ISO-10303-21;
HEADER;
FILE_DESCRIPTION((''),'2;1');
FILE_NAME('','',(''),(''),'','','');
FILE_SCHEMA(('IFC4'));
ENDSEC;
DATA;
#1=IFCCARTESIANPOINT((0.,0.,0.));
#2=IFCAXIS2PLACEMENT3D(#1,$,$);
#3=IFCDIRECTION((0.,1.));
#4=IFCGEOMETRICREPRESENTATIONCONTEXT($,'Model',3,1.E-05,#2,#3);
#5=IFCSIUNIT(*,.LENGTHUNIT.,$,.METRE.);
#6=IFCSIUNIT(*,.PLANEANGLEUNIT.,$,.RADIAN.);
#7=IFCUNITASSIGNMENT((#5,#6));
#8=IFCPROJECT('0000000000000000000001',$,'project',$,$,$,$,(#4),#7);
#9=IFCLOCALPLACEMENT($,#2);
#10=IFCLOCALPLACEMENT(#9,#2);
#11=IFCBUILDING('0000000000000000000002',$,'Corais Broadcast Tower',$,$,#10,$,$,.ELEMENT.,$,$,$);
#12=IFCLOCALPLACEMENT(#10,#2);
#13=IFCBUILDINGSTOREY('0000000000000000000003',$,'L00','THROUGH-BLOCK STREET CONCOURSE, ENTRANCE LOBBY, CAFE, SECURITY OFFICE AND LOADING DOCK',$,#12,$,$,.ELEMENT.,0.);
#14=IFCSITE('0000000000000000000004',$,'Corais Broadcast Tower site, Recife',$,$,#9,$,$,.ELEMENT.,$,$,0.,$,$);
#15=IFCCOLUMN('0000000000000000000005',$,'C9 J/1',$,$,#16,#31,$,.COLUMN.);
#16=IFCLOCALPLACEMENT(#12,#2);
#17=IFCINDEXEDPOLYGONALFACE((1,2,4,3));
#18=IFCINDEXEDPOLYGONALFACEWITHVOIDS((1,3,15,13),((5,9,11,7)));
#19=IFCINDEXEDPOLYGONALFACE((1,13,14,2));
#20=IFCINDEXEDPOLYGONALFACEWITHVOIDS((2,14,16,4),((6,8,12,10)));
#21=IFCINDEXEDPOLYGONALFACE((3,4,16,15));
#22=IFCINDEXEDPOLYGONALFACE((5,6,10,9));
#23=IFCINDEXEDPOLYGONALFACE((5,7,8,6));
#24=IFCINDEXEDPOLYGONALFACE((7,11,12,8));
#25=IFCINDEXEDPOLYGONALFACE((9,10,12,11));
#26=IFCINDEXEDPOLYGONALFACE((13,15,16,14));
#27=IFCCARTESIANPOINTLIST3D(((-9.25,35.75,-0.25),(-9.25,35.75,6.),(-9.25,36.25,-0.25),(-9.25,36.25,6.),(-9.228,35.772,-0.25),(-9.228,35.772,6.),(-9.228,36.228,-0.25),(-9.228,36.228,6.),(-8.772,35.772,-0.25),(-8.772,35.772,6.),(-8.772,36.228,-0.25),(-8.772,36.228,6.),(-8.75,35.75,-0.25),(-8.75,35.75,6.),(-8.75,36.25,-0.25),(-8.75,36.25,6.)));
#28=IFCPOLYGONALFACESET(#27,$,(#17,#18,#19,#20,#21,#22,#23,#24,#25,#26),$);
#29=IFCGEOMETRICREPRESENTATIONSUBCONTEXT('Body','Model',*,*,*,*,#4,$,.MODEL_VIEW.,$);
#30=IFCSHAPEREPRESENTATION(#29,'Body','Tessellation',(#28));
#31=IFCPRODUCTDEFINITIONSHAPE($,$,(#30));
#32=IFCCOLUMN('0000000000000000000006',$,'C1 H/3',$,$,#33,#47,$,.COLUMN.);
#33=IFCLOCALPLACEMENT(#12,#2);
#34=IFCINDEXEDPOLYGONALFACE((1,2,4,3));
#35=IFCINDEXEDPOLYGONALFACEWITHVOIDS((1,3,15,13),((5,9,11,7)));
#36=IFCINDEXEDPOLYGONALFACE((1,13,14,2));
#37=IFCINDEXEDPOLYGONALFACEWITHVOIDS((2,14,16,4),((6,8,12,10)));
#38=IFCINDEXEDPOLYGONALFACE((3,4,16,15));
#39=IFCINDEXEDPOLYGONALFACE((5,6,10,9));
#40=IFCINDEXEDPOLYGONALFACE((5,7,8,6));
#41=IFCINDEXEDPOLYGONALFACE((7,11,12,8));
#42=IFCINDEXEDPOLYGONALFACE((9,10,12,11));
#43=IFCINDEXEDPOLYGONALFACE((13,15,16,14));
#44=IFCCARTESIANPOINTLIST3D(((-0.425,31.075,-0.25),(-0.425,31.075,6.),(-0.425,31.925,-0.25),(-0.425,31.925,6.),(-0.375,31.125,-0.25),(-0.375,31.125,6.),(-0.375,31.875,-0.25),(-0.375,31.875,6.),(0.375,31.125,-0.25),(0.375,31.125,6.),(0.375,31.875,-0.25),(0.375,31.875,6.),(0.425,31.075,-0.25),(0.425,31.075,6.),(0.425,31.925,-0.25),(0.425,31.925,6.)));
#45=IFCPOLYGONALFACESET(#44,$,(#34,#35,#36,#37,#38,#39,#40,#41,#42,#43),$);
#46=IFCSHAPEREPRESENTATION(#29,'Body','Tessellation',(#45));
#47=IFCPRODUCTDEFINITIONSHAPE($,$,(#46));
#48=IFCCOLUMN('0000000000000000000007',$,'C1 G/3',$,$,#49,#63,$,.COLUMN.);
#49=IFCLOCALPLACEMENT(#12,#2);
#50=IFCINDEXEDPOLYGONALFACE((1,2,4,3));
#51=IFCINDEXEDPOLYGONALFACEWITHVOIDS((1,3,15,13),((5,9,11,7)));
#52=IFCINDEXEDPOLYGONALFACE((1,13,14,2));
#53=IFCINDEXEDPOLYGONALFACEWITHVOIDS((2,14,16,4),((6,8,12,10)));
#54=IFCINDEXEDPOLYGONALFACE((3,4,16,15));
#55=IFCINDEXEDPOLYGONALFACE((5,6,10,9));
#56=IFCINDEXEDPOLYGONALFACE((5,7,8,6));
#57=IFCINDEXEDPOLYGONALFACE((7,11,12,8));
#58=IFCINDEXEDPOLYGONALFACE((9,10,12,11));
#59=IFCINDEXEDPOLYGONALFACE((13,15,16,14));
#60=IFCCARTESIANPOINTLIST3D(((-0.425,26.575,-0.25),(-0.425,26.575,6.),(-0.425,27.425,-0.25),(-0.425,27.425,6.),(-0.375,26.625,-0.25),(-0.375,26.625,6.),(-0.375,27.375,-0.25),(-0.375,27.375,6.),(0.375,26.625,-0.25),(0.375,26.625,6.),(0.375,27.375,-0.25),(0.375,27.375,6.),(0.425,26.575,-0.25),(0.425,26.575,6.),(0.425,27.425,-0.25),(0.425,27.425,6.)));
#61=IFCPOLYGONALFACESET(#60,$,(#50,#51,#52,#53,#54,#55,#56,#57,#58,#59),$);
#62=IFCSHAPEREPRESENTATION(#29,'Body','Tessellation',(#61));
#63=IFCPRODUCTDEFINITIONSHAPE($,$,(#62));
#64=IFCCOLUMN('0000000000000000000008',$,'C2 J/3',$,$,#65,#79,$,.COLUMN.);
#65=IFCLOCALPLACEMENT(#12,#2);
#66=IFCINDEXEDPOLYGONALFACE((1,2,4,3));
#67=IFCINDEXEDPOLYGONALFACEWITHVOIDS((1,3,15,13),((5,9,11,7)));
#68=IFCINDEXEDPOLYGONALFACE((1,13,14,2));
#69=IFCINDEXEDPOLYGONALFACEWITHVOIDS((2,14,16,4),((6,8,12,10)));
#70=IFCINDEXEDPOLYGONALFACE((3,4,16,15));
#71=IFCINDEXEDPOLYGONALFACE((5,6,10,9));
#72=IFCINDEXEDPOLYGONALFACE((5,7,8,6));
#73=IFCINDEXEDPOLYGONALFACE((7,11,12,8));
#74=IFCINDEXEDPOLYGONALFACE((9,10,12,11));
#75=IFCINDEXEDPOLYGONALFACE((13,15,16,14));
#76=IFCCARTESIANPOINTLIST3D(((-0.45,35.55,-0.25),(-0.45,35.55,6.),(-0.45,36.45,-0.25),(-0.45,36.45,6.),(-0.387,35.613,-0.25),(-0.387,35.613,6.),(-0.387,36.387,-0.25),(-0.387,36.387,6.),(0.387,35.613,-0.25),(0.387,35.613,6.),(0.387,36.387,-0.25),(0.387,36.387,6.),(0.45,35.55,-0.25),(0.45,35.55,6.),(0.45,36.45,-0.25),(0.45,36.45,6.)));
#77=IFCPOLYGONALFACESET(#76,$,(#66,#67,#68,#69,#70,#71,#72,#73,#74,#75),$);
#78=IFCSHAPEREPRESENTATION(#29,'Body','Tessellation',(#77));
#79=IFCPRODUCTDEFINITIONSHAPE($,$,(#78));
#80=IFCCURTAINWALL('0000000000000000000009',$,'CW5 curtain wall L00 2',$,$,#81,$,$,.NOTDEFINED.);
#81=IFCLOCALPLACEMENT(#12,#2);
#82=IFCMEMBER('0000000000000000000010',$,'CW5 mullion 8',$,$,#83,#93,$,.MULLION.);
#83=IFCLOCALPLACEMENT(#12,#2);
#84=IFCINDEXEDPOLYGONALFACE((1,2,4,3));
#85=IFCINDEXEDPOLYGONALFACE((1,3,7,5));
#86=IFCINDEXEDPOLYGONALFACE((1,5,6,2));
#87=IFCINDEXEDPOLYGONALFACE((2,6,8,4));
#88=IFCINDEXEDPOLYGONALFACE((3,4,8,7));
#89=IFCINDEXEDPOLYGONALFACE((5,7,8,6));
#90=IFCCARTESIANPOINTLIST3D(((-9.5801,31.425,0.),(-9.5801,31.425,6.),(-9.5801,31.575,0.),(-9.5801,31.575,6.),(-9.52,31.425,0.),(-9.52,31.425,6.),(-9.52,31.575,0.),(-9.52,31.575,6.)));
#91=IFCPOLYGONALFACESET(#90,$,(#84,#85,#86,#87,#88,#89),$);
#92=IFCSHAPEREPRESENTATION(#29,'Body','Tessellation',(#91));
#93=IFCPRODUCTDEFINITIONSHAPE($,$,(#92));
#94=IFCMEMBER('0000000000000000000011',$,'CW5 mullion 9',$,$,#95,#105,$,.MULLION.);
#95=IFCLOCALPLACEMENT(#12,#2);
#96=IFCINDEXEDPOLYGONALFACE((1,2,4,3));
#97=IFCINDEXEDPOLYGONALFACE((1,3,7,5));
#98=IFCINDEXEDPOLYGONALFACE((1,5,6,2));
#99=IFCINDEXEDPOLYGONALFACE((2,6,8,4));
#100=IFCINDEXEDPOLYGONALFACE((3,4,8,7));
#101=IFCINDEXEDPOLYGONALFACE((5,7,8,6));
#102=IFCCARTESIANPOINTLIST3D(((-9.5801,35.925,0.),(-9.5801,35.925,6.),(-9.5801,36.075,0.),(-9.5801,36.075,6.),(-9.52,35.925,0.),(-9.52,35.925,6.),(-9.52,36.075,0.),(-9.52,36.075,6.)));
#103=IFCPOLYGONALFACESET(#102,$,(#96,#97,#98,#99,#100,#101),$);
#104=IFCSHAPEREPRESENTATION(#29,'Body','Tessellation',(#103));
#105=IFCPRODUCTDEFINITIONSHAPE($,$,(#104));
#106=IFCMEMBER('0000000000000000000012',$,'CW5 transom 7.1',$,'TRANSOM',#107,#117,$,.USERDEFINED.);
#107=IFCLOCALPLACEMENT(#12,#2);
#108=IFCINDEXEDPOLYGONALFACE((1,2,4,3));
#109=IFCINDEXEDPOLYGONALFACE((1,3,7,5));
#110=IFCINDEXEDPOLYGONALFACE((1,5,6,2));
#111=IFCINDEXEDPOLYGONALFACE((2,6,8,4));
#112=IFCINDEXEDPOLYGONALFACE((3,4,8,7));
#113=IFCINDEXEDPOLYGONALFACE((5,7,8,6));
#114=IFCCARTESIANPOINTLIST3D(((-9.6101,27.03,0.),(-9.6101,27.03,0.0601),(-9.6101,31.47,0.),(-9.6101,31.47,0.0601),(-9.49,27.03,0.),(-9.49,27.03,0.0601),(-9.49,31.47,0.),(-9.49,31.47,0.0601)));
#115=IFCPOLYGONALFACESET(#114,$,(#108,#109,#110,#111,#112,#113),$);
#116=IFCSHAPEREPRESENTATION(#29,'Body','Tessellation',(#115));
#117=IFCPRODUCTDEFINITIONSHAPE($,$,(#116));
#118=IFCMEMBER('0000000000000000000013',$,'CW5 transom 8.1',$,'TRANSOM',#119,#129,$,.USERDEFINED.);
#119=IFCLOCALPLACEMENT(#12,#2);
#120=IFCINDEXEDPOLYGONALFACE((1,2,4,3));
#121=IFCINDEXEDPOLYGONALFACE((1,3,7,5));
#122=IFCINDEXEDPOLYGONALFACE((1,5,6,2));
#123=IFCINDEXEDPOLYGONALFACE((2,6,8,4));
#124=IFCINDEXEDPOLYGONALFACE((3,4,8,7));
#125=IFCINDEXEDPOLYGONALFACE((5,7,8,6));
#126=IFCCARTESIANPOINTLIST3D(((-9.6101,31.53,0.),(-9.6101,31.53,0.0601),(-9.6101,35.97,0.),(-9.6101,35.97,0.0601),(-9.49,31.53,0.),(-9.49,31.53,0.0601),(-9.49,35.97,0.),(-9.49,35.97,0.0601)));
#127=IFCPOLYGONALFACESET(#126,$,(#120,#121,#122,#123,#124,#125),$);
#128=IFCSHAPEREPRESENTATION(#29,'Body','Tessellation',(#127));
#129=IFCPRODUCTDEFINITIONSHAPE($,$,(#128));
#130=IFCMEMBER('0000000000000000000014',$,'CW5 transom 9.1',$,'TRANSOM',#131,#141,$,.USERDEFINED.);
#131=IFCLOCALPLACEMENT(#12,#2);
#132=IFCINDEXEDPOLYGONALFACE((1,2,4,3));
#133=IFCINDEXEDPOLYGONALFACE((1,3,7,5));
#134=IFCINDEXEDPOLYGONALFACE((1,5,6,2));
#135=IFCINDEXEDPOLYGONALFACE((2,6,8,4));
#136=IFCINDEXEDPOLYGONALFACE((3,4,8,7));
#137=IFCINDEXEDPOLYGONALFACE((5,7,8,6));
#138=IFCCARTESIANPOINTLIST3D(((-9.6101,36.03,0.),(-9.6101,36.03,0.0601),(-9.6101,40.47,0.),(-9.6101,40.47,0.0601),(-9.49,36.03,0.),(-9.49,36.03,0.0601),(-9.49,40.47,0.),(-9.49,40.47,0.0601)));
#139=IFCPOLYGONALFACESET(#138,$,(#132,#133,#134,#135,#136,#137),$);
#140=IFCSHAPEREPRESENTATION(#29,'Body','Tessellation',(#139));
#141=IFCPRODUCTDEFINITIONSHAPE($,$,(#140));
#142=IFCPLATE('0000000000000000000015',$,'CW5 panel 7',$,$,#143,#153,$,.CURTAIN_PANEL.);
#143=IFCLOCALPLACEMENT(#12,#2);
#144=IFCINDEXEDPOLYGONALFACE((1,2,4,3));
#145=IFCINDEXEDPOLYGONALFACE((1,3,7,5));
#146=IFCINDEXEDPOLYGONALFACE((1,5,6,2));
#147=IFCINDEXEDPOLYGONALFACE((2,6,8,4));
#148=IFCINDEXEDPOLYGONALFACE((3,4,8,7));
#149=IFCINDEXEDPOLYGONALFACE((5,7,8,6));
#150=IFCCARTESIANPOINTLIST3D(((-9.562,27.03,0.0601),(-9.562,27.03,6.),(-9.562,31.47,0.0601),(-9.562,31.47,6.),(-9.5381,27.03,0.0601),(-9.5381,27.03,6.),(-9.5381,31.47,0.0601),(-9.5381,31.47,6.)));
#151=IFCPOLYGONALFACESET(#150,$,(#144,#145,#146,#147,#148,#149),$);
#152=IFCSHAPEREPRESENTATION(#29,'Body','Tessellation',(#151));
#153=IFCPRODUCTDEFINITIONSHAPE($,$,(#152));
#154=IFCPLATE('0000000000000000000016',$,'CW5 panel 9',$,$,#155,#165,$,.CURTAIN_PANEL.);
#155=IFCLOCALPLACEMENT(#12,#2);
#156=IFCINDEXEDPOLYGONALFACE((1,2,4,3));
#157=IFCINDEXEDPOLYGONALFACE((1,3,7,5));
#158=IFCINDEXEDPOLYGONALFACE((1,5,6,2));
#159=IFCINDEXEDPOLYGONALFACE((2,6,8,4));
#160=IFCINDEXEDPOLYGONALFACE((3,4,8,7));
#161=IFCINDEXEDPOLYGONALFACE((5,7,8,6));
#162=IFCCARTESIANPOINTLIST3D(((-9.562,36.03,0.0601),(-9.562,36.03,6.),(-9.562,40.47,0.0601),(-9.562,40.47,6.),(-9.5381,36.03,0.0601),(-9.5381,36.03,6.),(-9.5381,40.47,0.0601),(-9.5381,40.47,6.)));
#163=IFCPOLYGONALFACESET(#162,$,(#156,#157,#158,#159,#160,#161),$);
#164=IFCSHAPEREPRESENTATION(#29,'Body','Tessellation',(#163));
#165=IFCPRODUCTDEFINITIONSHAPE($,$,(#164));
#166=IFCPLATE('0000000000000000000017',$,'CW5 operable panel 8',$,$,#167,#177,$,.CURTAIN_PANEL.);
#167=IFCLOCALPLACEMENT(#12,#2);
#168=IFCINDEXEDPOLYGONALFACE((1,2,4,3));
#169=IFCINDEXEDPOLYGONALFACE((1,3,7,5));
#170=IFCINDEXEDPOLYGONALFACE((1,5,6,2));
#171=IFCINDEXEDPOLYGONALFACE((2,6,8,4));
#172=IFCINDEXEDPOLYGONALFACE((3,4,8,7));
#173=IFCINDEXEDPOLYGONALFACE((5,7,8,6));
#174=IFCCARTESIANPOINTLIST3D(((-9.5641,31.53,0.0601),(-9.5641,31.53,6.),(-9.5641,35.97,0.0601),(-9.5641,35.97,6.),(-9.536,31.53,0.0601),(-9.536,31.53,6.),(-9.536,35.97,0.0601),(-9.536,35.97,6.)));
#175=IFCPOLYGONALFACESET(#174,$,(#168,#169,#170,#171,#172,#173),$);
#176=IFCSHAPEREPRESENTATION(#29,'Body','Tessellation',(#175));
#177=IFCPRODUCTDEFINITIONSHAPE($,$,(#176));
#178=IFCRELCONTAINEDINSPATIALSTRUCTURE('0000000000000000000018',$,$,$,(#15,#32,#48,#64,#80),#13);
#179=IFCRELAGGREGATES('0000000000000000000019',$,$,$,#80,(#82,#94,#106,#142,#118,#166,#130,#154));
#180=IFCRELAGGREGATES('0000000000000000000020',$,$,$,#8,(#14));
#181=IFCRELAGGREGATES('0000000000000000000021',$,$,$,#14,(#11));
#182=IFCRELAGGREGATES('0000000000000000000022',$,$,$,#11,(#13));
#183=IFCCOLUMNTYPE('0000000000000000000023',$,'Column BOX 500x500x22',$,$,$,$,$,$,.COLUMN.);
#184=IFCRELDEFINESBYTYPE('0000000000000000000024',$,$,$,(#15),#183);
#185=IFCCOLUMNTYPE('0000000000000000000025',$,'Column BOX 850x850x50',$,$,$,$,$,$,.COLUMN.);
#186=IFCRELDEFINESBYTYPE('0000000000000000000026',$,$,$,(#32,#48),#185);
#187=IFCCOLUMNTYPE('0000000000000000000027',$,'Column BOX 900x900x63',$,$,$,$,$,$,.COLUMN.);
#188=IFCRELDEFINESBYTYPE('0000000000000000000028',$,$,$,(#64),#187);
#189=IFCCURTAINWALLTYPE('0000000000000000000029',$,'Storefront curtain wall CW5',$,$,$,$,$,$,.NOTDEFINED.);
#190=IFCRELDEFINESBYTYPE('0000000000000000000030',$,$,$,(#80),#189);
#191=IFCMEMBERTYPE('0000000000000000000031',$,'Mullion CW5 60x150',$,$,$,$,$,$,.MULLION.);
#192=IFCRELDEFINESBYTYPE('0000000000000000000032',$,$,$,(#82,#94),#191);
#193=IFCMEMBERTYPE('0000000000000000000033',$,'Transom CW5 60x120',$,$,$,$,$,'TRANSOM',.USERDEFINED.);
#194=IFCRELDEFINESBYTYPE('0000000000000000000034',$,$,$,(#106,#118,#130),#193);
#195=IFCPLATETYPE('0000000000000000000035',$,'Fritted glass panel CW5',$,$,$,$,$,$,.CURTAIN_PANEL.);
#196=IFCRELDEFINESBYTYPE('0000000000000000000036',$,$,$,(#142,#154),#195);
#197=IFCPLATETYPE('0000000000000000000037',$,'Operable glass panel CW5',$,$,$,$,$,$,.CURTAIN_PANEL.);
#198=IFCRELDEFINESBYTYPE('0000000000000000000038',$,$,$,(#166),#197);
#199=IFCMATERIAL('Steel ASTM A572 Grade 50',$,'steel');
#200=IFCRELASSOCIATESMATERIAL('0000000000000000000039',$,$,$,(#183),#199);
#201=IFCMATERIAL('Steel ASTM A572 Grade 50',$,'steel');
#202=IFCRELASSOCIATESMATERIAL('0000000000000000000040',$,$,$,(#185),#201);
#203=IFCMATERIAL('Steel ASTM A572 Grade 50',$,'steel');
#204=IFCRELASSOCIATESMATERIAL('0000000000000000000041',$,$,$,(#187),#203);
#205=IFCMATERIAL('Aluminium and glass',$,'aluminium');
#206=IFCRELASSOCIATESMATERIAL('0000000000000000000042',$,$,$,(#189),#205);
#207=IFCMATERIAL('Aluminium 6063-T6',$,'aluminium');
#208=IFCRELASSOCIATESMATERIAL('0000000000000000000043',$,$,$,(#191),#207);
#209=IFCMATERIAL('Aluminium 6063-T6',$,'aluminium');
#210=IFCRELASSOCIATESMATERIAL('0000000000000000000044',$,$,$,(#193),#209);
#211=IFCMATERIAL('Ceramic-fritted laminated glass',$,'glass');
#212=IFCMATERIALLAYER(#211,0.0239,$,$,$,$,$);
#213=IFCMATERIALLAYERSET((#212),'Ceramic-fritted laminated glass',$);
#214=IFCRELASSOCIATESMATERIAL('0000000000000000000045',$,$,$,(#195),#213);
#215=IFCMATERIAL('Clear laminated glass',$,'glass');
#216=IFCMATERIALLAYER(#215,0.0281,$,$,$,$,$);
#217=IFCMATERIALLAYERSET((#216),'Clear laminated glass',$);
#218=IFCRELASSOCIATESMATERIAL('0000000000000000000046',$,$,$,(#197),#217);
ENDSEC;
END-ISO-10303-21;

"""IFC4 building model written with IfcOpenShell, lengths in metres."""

from ifc_helpers import new_model, si_unit, direction, frame, origin, origin_2d, place, context, subcontext, project, spatial, rectangle, hollow_rectangle, extrude, material, layer, layer_set, material_profile, profile_set, type_object, element, aggregate, save


model = new_model("IFC4")

# Units and contexts
model_context = context("Model", 3, precision=1e-05, world=origin(), true_north=direction((0.0, 1.0)))
body_context = subcontext(model_context, "Body", "Model", "MODEL_VIEW")
ifc_project = project(units=[si_unit("LENGTHUNIT", "METRE"), si_unit("PLANEANGLEUNIT", "RADIAN")], contexts=[model_context])

# Site, building, storey
site_placement = place(None, origin())
site = spatial("IfcSite", under=ifc_project, at=site_placement, Name="Corais Broadcast Tower site, Recife", CompositionType="ELEMENT", RefElevation=0.0)
building_placement = place(site_placement, origin())
building = spatial("IfcBuilding", under=site, at=building_placement, Name="Corais Broadcast Tower", CompositionType="ELEMENT")
storey_placement = place(building_placement, origin())
storey = spatial("IfcBuildingStorey", under=building, at=storey_placement, Name="L00", Description="THROUGH-BLOCK STREET CONCOURSE, ENTRANCE LOBBY, CAFE, SECURITY OFFICE AND LOADING DOCK", CompositionType="ELEMENT", Elevation=0.0)

# Columns
ifc_material_1 = material(Name="Steel ASTM A572 Grade 50", Category="steel")
ifc_material_profile_1 = material_profile(ifc_material_1, hollow_rectangle(XDim=0.5, YDim=0.5, WallThickness=0.022, at=origin_2d()), Name="BOX 500x500x22")
ifc_profile_set_1 = profile_set([ifc_material_profile_1], Name="Steel ASTM A572 Grade 50")
column_type_1 = type_object("IfcColumnType", Name="Column BOX 500x500x22", PredefinedType="COLUMN", material=ifc_profile_set_1)
for number, where, z_axis, x_axis, name in (
    (1, (-9.0, 36.0, -0.25), (0.0, 0.0, 1.0), (1.0, 0.0, 0.0), "C9 J/1"),
):
    element("IfcColumn", number, at=place(storey_placement, frame(where, z_axis=z_axis, x_axis=x_axis)), inside=storey, type_object=column_type_1, Name=name, PredefinedType="COLUMN", context=body_context, shape_type="SweptSolid", body=[
        extrude(hollow_rectangle(XDim=0.5, YDim=0.5, WallThickness=0.022, at=origin_2d()), origin(), (0.0, 0.0, 1.0), 6.25),
    ])
ifc_material_2 = material(Name="Steel ASTM A572 Grade 50", Category="steel")
ifc_material_profile_2 = material_profile(ifc_material_2, hollow_rectangle(XDim=0.8501, YDim=0.8501, WallThickness=0.05, at=origin_2d()), Name="BOX 850x850x50")
ifc_profile_set_2 = profile_set([ifc_material_profile_2], Name="Steel ASTM A572 Grade 50")
column_type_2 = type_object("IfcColumnType", Name="Column BOX 850x850x50", PredefinedType="COLUMN", material=ifc_profile_set_2)
for number, where, z_axis, x_axis, name in (
    (2, (0.0, 31.5, -0.25), (0.0, 0.0, 1.0), (1.0, 0.0, 0.0), "C1 H/3"),
    (3, (0.0, 27.0, -0.25), (0.0, 0.0, 1.0), (1.0, 0.0, 0.0), "C1 G/3"),
):
    element("IfcColumn", number, at=place(storey_placement, frame(where, z_axis=z_axis, x_axis=x_axis)), inside=storey, type_object=column_type_2, Name=name, PredefinedType="COLUMN", context=body_context, shape_type="SweptSolid", body=[
        extrude(hollow_rectangle(XDim=0.8501, YDim=0.8501, WallThickness=0.05, at=origin_2d()), origin(), (0.0, 0.0, 1.0), 6.25),
    ])
ifc_material_3 = material(Name="Steel ASTM A572 Grade 50", Category="steel")
ifc_material_profile_3 = material_profile(ifc_material_3, hollow_rectangle(XDim=0.8999, YDim=0.8999, WallThickness=0.063, at=origin_2d()), Name="BOX 900x900x63")
ifc_profile_set_3 = profile_set([ifc_material_profile_3], Name="Steel ASTM A572 Grade 50")
column_type_3 = type_object("IfcColumnType", Name="Column BOX 900x900x63", PredefinedType="COLUMN", material=ifc_profile_set_3)
column_placement = place(storey_placement, frame((0.0, 36.0, -0.25), z_axis=(0.0, 0.0, 1.0), x_axis=(1.0, 0.0, 0.0)))
element("IfcColumn", 4, at=column_placement, inside=storey, type_object=column_type_3, Name="C2 J/3", PredefinedType="COLUMN", context=body_context, shape_type="SweptSolid", body=[
    extrude(hollow_rectangle(XDim=0.8999, YDim=0.8999, WallThickness=0.063, at=origin_2d()), origin(), (0.0, 0.0, 1.0), 6.25),
])

# Curtain wall, members, plates
ifc_material_4 = material(Name="Aluminium and glass", Category="aluminium")
curtain_wall_type = type_object("IfcCurtainWallType", Name="Storefront curtain wall CW5", PredefinedType="NOTDEFINED", material=ifc_material_4)
curtain_wall_placement = place(storey_placement, origin())
curtain_wall = element("IfcCurtainWall", 5, at=curtain_wall_placement, inside=storey, type_object=curtain_wall_type, Name="CW5 curtain wall L00 2", PredefinedType="NOTDEFINED")
ifc_material_5 = material(Name="Aluminium 6063-T6", Category="aluminium")
ifc_material_profile_4 = material_profile(ifc_material_5, rectangle(XDim=0.0601, YDim=0.1499, at=origin_2d()), Name="Mullion CW5 60x150")
ifc_profile_set_4 = profile_set([ifc_material_profile_4], Name="Aluminium 6063-T6")
member_type_1 = type_object("IfcMemberType", Name="Mullion CW5 60x150", PredefinedType="MULLION", material=ifc_profile_set_4)
member_1_placement = place(storey_placement, frame((-9.55, 31.5, 0.0), z_axis=(0.0, 0.0, 1.0), x_axis=(-1.0, 0.0, 0.0)))
member_1 = element("IfcMember", 6, at=member_1_placement, type_object=member_type_1, Name="CW5 mullion 8", PredefinedType="MULLION", context=body_context, shape_type="SweptSolid", body=[
    extrude(rectangle(XDim=0.0601, YDim=0.1499, at=origin_2d()), origin(), (0.0, 0.0, 1.0), 6.0),
])
member_2_placement = place(storey_placement, frame((-9.55, 36.0, 0.0), z_axis=(0.0, 0.0, 1.0), x_axis=(-1.0, 0.0, 0.0)))
member_2 = element("IfcMember", 7, at=member_2_placement, type_object=member_type_1, Name="CW5 mullion 9", PredefinedType="MULLION", context=body_context, shape_type="SweptSolid", body=[
    extrude(rectangle(XDim=0.0601, YDim=0.1499, at=origin_2d()), origin(), (0.0, 0.0, 1.0), 6.0),
])
ifc_material_6 = material(Name="Aluminium 6063-T6", Category="aluminium")
ifc_material_profile_5 = material_profile(ifc_material_6, rectangle(XDim=0.1201, YDim=0.0601, at=origin_2d()), Name="Transom CW5 60x120")
ifc_profile_set_5 = profile_set([ifc_material_profile_5], Name="Aluminium 6063-T6")
member_type_2 = type_object("IfcMemberType", Name="Transom CW5 60x120", ElementType="TRANSOM", PredefinedType="USERDEFINED", material=ifc_profile_set_5)
member_3_placement = place(storey_placement, frame((-9.55, 27.03, 0.03), z_axis=(0.0, 1.0, 0.0), x_axis=(-1.0, 0.0, 0.0)))
member_3 = element("IfcMember", 8, at=member_3_placement, type_object=member_type_2, Name="CW5 transom 7.1", ObjectType="TRANSOM", PredefinedType="USERDEFINED", context=body_context, shape_type="SweptSolid", body=[
    extrude(rectangle(XDim=0.1201, YDim=0.0601, at=origin_2d()), origin(), (0.0, 0.0, 1.0), 4.4399),
])
member_4_placement = place(storey_placement, frame((-9.55, 31.53, 0.03), z_axis=(0.0, 1.0, 0.0), x_axis=(-1.0, 0.0, 0.0)))
member_4 = element("IfcMember", 9, at=member_4_placement, type_object=member_type_2, Name="CW5 transom 8.1", ObjectType="TRANSOM", PredefinedType="USERDEFINED", context=body_context, shape_type="SweptSolid", body=[
    extrude(rectangle(XDim=0.1201, YDim=0.0601, at=origin_2d()), origin(), (0.0, 0.0, 1.0), 4.4399),
])
member_5_placement = place(storey_placement, frame((-9.55, 36.03, 0.03), z_axis=(0.0, 1.0, 0.0), x_axis=(-1.0, 0.0, 0.0)))
member_5 = element("IfcMember", 10, at=member_5_placement, type_object=member_type_2, Name="CW5 transom 9.1", ObjectType="TRANSOM", PredefinedType="USERDEFINED", context=body_context, shape_type="SweptSolid", body=[
    extrude(rectangle(XDim=0.1201, YDim=0.0601, at=origin_2d()), origin(), (0.0, 0.0, 1.0), 4.4399),
])
ifc_material_7 = material(Name="Ceramic-fritted laminated glass", Category="glass")
ifc_layer_1 = layer(ifc_material_7, 0.0239)
ifc_layer_set_1 = layer_set([ifc_layer_1], Name="Ceramic-fritted laminated glass")
plate_type_1 = type_object("IfcPlateType", Name="Fritted glass panel CW5", PredefinedType="CURTAIN_PANEL", material=ifc_layer_set_1)
plate_1_placement = place(storey_placement, frame((-9.55, 29.25, 0.0601), z_axis=(0.0, 0.0, 1.0), x_axis=(0.0, 1.0, 0.0)))
plate_1 = element("IfcPlate", 11, at=plate_1_placement, type_object=plate_type_1, Name="CW5 panel 7", PredefinedType="CURTAIN_PANEL", context=body_context, shape_type="SweptSolid", body=[
    extrude(rectangle(XDim=4.4399, YDim=0.0239, at=origin_2d()), origin(), (0.0, 0.0, 1.0), 5.9399),
])
plate_2_placement = place(storey_placement, frame((-9.55, 38.25, 0.0601), z_axis=(0.0, 0.0, 1.0), x_axis=(0.0, 1.0, 0.0)))
plate_2 = element("IfcPlate", 12, at=plate_2_placement, type_object=plate_type_1, Name="CW5 panel 9", PredefinedType="CURTAIN_PANEL", context=body_context, shape_type="SweptSolid", body=[
    extrude(rectangle(XDim=4.4399, YDim=0.0239, at=origin_2d()), origin(), (0.0, 0.0, 1.0), 5.9399),
])
ifc_material_8 = material(Name="Clear laminated glass", Category="glass")
ifc_layer_2 = layer(ifc_material_8, 0.0281)
ifc_layer_set_2 = layer_set([ifc_layer_2], Name="Clear laminated glass")
plate_type_2 = type_object("IfcPlateType", Name="Operable glass panel CW5", PredefinedType="CURTAIN_PANEL", material=ifc_layer_set_2)
plate_3_placement = place(storey_placement, frame((-9.55, 33.75, 0.0601), z_axis=(0.0, 0.0, 1.0), x_axis=(0.0, 1.0, 0.0)))
plate_3 = element("IfcPlate", 13, at=plate_3_placement, type_object=plate_type_2, Name="CW5 operable panel 8", PredefinedType="CURTAIN_PANEL", context=body_context, shape_type="SweptSolid", body=[
    extrude(rectangle(XDim=4.4399, YDim=0.0281, at=origin_2d()), origin(), (0.0, 0.0, 1.0), 5.9399),
])
aggregate(curtain_wall, [member_1, member_2, member_3, plate_1, member_4, plate_3, member_5, plate_2])

save(model, "model.ifc")
